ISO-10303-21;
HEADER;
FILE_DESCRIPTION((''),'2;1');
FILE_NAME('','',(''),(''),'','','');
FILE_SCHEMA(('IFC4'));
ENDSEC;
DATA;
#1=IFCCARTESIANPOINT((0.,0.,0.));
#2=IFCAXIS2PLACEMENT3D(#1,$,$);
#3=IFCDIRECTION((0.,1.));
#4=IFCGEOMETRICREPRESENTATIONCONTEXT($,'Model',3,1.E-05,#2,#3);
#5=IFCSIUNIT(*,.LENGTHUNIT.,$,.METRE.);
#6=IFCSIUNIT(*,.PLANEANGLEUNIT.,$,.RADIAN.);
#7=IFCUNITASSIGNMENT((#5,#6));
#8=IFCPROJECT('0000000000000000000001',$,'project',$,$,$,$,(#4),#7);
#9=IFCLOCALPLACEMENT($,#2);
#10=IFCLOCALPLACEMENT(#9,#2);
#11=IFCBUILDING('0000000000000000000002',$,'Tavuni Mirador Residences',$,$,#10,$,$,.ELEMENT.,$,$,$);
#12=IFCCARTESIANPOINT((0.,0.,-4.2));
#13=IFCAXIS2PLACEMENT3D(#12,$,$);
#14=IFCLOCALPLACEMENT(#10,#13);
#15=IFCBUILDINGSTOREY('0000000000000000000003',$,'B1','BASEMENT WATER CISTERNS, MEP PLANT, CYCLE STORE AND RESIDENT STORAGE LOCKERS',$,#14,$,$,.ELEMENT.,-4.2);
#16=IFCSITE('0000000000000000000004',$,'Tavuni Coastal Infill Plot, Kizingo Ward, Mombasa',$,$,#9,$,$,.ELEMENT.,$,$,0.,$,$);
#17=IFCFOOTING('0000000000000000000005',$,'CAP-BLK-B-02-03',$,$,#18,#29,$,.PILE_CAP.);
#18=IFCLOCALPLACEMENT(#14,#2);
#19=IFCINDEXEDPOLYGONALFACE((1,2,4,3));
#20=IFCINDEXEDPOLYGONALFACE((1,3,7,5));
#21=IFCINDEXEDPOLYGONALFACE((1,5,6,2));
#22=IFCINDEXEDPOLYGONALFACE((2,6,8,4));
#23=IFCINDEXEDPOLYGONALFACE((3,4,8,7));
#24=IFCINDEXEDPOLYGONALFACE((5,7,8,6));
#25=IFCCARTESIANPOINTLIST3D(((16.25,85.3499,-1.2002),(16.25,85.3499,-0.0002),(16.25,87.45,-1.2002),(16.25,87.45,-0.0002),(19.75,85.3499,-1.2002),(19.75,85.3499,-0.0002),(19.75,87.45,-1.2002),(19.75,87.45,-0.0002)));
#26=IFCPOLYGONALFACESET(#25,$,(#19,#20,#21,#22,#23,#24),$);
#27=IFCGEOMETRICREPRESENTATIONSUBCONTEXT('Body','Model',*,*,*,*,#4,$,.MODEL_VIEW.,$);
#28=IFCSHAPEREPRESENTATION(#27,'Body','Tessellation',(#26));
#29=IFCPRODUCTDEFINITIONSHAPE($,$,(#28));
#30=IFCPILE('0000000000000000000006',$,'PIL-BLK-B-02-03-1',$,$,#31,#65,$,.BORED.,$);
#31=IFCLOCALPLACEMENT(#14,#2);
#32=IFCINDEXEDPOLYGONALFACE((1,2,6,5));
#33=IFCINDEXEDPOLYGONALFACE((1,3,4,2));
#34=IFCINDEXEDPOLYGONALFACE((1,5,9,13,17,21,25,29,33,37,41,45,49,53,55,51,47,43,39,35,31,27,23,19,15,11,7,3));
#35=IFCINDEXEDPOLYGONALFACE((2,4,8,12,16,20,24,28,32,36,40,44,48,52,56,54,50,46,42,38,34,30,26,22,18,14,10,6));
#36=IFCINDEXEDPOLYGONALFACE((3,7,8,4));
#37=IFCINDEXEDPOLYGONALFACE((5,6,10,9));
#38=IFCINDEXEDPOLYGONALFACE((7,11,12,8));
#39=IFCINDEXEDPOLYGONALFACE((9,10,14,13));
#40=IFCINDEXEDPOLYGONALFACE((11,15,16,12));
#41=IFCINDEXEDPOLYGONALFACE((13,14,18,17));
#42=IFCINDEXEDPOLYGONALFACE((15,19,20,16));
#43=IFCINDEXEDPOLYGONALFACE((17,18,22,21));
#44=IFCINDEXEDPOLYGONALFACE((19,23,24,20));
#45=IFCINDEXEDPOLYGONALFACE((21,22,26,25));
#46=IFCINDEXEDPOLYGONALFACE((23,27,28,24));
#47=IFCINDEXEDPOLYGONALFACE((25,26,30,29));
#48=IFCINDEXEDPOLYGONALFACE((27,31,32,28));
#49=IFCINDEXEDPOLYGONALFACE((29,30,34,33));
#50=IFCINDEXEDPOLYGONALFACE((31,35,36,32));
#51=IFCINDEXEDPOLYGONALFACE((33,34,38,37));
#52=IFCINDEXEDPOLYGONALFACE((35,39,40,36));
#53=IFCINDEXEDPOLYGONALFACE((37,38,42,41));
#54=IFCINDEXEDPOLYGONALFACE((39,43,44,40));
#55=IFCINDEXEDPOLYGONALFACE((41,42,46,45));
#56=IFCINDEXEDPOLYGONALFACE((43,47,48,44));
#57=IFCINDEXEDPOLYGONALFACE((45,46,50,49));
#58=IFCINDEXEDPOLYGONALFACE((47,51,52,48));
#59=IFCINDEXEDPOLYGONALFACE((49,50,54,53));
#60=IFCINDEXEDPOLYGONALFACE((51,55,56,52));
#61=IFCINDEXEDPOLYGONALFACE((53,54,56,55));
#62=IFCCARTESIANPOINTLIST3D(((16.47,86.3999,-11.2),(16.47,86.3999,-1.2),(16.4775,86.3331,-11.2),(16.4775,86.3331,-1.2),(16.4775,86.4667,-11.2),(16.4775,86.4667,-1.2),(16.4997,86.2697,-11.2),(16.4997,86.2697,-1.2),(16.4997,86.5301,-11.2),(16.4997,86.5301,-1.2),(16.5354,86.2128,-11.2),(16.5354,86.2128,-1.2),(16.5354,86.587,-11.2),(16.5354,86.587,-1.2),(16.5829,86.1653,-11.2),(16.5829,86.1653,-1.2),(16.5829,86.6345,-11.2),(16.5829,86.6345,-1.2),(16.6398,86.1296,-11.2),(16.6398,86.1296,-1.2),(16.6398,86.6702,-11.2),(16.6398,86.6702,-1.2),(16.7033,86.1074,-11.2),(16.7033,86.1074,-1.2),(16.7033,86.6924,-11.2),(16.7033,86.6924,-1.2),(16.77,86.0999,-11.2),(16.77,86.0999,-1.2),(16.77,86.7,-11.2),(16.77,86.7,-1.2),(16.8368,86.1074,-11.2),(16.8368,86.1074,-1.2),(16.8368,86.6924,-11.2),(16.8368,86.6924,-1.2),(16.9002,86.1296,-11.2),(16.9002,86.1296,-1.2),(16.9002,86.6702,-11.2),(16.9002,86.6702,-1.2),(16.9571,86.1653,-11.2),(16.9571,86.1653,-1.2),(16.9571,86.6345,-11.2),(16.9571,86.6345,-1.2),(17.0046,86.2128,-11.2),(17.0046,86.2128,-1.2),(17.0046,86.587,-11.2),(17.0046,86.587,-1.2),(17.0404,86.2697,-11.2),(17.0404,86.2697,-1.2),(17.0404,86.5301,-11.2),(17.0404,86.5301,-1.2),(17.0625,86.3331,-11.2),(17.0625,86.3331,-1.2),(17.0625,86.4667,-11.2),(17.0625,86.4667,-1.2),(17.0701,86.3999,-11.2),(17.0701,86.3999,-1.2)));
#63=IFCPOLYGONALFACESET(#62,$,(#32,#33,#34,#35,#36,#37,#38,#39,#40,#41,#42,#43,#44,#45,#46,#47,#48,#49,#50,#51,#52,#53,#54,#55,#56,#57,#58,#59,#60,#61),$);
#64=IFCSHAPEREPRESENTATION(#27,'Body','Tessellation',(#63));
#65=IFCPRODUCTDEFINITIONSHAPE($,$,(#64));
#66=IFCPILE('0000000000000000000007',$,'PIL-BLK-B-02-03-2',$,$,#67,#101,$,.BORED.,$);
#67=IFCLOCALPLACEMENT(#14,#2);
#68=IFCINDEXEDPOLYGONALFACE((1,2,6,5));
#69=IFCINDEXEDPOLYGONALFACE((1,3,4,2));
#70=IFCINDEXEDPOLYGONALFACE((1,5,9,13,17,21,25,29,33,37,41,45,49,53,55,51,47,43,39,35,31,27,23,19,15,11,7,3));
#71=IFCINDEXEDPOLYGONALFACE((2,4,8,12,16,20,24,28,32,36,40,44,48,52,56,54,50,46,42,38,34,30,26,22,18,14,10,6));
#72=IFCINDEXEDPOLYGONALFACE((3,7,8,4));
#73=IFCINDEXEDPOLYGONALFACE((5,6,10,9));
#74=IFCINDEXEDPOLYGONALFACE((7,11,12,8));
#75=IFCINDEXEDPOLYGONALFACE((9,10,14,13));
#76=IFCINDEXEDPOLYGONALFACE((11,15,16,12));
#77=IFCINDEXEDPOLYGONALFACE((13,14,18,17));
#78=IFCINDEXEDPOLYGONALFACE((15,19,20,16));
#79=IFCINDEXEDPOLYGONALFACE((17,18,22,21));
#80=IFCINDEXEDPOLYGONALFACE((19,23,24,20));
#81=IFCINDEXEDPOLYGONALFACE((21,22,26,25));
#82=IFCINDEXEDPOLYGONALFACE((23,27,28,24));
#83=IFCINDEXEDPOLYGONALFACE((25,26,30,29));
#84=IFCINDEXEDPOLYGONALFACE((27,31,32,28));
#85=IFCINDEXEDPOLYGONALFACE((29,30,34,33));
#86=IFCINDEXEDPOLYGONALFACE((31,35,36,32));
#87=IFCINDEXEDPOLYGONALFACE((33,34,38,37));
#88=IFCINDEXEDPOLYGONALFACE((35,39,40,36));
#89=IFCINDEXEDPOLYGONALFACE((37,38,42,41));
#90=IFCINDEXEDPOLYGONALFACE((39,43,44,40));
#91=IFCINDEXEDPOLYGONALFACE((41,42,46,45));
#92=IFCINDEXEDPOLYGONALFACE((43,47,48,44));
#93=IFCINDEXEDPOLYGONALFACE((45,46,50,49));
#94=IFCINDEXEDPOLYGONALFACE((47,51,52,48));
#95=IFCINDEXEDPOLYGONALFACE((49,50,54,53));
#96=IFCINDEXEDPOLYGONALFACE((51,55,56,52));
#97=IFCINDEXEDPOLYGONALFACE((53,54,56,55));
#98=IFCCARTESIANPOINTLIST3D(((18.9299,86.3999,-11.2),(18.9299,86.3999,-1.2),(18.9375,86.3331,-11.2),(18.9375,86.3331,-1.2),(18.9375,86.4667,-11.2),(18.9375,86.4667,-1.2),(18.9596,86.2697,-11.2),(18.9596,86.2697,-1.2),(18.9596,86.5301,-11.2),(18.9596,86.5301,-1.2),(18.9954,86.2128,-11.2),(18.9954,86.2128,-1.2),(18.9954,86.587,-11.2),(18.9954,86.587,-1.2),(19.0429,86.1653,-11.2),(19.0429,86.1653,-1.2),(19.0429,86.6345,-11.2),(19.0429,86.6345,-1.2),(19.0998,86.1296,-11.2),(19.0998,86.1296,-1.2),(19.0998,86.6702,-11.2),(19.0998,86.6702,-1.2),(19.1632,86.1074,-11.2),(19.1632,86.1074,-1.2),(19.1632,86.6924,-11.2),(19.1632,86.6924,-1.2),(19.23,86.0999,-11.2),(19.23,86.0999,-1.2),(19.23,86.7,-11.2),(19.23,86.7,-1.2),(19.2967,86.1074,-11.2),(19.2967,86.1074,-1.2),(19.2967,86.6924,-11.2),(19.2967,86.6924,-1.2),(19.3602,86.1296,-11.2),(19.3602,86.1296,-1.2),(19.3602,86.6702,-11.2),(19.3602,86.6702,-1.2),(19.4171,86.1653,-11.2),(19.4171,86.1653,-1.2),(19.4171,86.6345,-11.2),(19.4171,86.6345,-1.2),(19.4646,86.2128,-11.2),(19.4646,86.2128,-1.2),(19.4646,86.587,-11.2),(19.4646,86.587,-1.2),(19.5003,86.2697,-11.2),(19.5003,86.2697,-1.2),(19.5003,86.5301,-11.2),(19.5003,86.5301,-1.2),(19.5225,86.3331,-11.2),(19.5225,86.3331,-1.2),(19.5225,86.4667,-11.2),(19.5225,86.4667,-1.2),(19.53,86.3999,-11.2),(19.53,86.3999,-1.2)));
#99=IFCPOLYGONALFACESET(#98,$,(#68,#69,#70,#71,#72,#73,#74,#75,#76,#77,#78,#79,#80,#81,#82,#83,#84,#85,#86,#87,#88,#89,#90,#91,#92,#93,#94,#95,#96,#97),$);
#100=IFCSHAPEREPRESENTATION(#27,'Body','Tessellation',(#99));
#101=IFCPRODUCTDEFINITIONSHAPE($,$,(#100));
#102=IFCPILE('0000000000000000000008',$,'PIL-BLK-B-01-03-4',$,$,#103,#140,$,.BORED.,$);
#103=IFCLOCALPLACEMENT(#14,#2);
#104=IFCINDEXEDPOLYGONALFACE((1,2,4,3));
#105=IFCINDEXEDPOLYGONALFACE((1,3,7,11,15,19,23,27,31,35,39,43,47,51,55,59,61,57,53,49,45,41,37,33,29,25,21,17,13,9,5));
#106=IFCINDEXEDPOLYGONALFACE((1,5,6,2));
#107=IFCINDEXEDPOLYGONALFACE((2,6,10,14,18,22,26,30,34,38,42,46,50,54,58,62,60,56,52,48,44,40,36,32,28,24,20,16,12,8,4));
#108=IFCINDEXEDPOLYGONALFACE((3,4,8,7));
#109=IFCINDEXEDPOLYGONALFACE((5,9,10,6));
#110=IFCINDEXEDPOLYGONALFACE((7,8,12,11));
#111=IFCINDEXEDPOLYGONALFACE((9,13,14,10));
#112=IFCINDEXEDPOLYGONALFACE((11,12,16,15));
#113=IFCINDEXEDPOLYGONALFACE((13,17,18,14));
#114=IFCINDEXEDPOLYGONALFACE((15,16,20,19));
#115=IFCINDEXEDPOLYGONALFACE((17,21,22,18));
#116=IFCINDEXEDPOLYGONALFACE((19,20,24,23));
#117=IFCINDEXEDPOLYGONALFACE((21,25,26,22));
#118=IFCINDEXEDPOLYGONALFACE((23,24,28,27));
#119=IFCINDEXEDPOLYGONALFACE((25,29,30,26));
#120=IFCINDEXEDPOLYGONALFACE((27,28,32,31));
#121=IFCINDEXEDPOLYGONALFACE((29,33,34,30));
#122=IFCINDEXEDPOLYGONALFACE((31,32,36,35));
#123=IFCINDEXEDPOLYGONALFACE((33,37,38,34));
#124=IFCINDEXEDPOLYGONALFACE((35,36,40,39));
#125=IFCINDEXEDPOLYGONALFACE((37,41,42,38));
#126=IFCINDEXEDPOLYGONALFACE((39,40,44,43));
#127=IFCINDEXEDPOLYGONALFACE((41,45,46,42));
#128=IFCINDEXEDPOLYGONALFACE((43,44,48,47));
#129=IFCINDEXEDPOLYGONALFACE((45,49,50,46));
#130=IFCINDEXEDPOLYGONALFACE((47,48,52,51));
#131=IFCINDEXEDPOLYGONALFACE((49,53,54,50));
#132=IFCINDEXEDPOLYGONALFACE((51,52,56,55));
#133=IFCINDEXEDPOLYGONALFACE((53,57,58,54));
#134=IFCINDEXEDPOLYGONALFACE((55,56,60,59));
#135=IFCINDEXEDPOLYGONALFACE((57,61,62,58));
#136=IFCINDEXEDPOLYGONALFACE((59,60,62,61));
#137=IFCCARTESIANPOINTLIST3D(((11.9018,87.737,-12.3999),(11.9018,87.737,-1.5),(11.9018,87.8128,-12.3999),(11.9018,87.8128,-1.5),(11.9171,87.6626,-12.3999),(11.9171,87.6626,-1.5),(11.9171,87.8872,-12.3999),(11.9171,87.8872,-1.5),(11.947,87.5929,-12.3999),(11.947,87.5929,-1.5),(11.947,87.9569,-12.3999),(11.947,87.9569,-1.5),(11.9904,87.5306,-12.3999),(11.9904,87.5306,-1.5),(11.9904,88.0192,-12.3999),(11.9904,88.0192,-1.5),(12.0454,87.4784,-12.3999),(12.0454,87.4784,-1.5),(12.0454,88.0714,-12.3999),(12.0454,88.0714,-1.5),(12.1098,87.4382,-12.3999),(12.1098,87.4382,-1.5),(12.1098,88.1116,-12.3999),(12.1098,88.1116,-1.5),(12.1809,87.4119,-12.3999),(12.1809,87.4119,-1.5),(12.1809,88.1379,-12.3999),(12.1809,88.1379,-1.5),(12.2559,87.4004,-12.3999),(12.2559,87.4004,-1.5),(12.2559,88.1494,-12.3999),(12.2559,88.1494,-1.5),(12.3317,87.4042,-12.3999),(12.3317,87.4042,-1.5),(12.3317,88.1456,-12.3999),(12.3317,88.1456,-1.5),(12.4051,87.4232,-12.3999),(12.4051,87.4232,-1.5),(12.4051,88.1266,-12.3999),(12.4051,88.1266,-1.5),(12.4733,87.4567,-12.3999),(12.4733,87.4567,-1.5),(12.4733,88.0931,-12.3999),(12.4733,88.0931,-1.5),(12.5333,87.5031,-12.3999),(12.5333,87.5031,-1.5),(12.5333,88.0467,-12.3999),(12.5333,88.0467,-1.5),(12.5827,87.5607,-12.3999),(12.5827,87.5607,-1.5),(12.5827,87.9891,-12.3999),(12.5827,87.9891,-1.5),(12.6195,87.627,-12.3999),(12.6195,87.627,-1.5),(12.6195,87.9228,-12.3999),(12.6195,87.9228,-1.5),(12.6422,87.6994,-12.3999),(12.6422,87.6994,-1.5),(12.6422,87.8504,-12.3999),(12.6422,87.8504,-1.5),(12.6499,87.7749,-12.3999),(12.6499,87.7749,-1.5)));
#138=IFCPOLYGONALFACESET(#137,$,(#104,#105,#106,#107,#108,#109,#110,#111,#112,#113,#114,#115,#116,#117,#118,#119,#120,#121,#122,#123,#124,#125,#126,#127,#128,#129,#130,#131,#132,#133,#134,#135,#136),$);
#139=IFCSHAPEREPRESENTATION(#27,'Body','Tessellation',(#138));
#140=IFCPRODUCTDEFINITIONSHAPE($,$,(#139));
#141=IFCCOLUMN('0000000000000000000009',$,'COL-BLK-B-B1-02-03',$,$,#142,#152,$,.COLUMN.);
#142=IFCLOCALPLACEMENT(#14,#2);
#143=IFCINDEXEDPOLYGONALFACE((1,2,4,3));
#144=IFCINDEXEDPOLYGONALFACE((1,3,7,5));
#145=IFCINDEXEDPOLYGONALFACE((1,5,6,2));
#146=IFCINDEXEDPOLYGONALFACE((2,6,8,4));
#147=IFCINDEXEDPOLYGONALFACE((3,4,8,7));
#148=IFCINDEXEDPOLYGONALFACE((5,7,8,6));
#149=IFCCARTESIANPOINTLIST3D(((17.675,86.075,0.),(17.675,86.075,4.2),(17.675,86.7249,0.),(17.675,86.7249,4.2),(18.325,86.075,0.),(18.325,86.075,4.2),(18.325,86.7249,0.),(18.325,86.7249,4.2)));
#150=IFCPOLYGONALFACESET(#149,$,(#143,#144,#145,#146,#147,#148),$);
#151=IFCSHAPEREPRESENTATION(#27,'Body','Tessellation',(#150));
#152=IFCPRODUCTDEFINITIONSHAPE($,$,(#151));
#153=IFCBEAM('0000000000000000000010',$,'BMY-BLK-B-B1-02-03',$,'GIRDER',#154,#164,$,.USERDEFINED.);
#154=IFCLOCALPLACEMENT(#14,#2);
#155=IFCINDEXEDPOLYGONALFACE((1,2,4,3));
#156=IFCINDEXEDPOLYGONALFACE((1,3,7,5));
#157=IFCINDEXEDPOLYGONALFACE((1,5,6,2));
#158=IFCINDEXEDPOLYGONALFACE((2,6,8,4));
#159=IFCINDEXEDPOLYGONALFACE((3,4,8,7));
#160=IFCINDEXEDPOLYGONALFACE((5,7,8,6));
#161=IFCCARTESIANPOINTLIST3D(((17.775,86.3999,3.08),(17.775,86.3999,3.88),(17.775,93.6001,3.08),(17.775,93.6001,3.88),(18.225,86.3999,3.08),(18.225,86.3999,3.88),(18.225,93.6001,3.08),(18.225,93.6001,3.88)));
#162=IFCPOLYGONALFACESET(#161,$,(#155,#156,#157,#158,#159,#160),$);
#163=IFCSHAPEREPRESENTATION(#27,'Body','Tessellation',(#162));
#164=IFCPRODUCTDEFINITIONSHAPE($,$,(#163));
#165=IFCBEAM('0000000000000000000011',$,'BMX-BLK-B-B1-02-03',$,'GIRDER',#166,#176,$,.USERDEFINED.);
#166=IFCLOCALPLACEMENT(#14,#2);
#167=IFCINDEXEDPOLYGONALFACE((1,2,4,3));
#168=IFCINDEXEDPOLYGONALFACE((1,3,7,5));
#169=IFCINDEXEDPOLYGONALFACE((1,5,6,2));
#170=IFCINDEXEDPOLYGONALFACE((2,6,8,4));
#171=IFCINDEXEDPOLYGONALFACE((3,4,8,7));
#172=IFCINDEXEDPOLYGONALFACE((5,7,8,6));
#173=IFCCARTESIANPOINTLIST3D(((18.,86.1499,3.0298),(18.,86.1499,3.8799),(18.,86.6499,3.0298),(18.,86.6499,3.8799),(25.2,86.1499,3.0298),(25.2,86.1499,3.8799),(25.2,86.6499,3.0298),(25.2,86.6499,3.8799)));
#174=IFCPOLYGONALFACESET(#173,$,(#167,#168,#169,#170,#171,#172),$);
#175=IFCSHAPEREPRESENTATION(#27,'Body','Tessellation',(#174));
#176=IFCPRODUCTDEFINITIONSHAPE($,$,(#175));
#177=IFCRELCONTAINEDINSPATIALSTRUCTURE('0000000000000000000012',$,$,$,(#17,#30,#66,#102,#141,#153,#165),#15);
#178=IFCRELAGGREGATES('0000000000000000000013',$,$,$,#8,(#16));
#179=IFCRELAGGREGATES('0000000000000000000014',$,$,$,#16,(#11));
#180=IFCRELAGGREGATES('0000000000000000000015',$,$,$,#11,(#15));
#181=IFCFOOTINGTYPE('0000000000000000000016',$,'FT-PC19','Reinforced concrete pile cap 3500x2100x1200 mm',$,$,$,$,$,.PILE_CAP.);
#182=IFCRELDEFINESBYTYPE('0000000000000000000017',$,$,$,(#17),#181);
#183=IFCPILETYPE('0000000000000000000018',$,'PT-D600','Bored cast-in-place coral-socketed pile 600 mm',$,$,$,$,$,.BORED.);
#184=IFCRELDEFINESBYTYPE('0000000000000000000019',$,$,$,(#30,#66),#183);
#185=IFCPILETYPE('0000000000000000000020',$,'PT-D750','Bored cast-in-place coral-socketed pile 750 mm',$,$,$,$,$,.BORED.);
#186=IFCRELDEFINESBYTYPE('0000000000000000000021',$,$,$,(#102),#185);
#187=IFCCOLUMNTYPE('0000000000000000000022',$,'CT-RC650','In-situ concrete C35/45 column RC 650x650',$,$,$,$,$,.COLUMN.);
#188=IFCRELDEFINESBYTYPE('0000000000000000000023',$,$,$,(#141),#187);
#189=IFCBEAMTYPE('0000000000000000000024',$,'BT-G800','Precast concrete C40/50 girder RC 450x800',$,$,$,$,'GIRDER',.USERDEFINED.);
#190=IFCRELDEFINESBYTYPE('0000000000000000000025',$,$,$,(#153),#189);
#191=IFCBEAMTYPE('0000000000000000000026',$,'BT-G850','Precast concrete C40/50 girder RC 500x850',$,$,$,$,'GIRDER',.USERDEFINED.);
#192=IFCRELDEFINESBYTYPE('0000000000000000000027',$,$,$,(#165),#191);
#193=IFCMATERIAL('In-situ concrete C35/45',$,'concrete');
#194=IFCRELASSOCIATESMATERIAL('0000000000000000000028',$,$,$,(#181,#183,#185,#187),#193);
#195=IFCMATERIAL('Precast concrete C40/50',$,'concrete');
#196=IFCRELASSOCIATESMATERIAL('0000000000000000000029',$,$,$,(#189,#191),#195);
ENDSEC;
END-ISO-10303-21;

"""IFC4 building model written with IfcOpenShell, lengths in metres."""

from ifc_helpers import new_model, si_unit, direction, frame, origin, origin_2d, place, context, subcontext, project, spatial, rectangle, circle, extrude, material, material_profile, profile_set, type_object, element, save


model = new_model("IFC4")

# Units and contexts
model_context = context("Model", 3, precision=1e-05, world=origin(), true_north=direction((0.0, 1.0)))
body_context = subcontext(model_context, "Body", "Model", "MODEL_VIEW")
ifc_project = project(units=[si_unit("LENGTHUNIT", "METRE"), si_unit("PLANEANGLEUNIT", "RADIAN")], contexts=[model_context])

# Site, building, storey
site_placement = place(None, origin())
site = spatial("IfcSite", under=ifc_project, at=site_placement, Name="Tavuni Coastal Infill Plot, Kizingo Ward, Mombasa", CompositionType="ELEMENT", RefElevation=0.0)
building_placement = place(site_placement, origin())
building = spatial("IfcBuilding", under=site, at=building_placement, Name="Tavuni Mirador Residences", CompositionType="ELEMENT")
storey_placement = place(building_placement, frame((0.0, 0.0, -4.2)))
storey = spatial("IfcBuildingStorey", under=building, at=storey_placement, Name="B1", Description="BASEMENT WATER CISTERNS, MEP PLANT, CYCLE STORE AND RESIDENT STORAGE LOCKERS", CompositionType="ELEMENT", Elevation=-4.2)

# Footing
ifc_material_1 = material(Name="In-situ concrete C35/45", Category="concrete")
footing_type = type_object("IfcFootingType", Name="FT-PC19", Description="Reinforced concrete pile cap 3500x2100x1200 mm", PredefinedType="PILE_CAP", material=ifc_material_1)
footing_placement = place(storey_placement, frame((18.0, 86.3999, -1.2002), z_axis=(0.0, 0.0, 1.0), x_axis=(1.0, 0.0, 0.0)))
element("IfcFooting", 1, at=footing_placement, inside=storey, type_object=footing_type, Name="CAP-BLK-B-02-03", PredefinedType="PILE_CAP", context=body_context, shape_type="SweptSolid", body=[
    extrude(rectangle(XDim=3.5, YDim=2.1001, at=origin_2d()), origin(), (0.0, 0.0, 1.0), 1.2),
])

# Piles
ifc_material_profile_1 = material_profile(ifc_material_1, circle(Radius=0.3, at=origin_2d()), Name="PILE D600", Category="concrete")
ifc_profile_set_1 = profile_set([ifc_material_profile_1], Name="In-situ concrete C35/45")
pile_type_1 = type_object("IfcPileType", Name="PT-D600", Description="Bored cast-in-place coral-socketed pile 600 mm", PredefinedType="BORED", material=ifc_profile_set_1)
for number, where, z_axis, x_axis, name in (
    (2, (16.77, 86.3999, -1.2), (0.0, 0.0, -1.0), (1.0, 0.0, 0.0), "PIL-BLK-B-02-03-1"),
    (3, (19.23, 86.3999, -1.2), (0.0, 0.0, -1.0), (1.0, 0.0, 0.0), "PIL-BLK-B-02-03-2"),
):
    element("IfcPile", number, at=place(storey_placement, frame(where, z_axis=z_axis, x_axis=x_axis)), inside=storey, type_object=pile_type_1, Name=name, PredefinedType="BORED", context=body_context, shape_type="SweptSolid", body=[
        extrude(circle(Radius=0.3, at=origin_2d()), origin(), (0.0, 0.0, 1.0), 10.0),
    ])
ifc_material_profile_2 = material_profile(ifc_material_1, circle(Radius=0.375, at=origin_2d()), Name="PILE D750", Category="concrete")
ifc_profile_set_2 = profile_set([ifc_material_profile_2], Name="In-situ concrete C35/45")
pile_type_2 = type_object("IfcPileType", Name="PT-D750", Description="Bored cast-in-place coral-socketed pile 750 mm", PredefinedType="BORED", material=ifc_profile_set_2)
pile_placement = place(storey_placement, frame((12.2749, 87.7749, -1.5), z_axis=(0.0, 0.0, -1.0), x_axis=(1.0, 0.0, 0.0)))
element("IfcPile", 4, at=pile_placement, inside=storey, type_object=pile_type_2, Name="PIL-BLK-B-01-03-4", PredefinedType="BORED", context=body_context, shape_type="SweptSolid", body=[
    extrude(circle(Radius=0.375, at=origin_2d()), origin(), (0.0, 0.0, 1.0), 10.8999),
])

# Column
ifc_material_profile_3 = material_profile(ifc_material_1, rectangle(XDim=0.6499, YDim=0.6499, at=origin_2d()), Name="RC 650x650", Category="concrete")
ifc_profile_set_3 = profile_set([ifc_material_profile_3], Name="In-situ concrete C35/45")
column_type = type_object("IfcColumnType", Name="CT-RC650", Description="In-situ concrete C35/45 column RC 650x650", PredefinedType="COLUMN", material=ifc_profile_set_3)
column_placement = place(storey_placement, frame((18.0, 86.3999, 0.0), z_axis=(0.0, 0.0, 1.0), x_axis=(1.0, 0.0, 0.0)))
element("IfcColumn", 5, at=column_placement, inside=storey, type_object=column_type, Name="COL-BLK-B-B1-02-03", PredefinedType="COLUMN", context=body_context, shape_type="SweptSolid", body=[
    extrude(rectangle(XDim=0.6499, YDim=0.6499, at=origin_2d()), origin(), (0.0, 0.0, 1.0), 4.2),
])

# Beams
ifc_material_2 = material(Name="Precast concrete C40/50", Category="concrete")
ifc_material_profile_4 = material_profile(ifc_material_2, rectangle(XDim=0.45, YDim=0.8, at=origin_2d()), Name="RC 450x800", Category="concrete")
ifc_profile_set_4 = profile_set([ifc_material_profile_4], Name="Precast concrete C40/50")
beam_type_1 = type_object("IfcBeamType", Name="BT-G800", Description="Precast concrete C40/50 girder RC 450x800", ElementType="GIRDER", PredefinedType="USERDEFINED", material=ifc_profile_set_4)
beam_1_placement = place(storey_placement, frame((18.0, 86.3999, 3.48), z_axis=(0.0, 1.0, 0.0), x_axis=(-1.0, 0.0, 0.0)))
element("IfcBeam", 6, at=beam_1_placement, inside=storey, type_object=beam_type_1, Name="BMY-BLK-B-B1-02-03", ObjectType="GIRDER", PredefinedType="USERDEFINED", context=body_context, shape_type="SweptSolid", body=[
    extrude(rectangle(XDim=0.45, YDim=0.8, at=origin_2d()), origin(), (0.0, 0.0, 1.0), 7.2002),
])
ifc_material_profile_5 = material_profile(ifc_material_2, rectangle(XDim=0.5, YDim=0.8501, at=origin_2d()), Name="RC 500x850", Category="concrete")
ifc_profile_set_5 = profile_set([ifc_material_profile_5], Name="Precast concrete C40/50")
beam_type_2 = type_object("IfcBeamType", Name="BT-G850", Description="Precast concrete C40/50 girder RC 500x850", ElementType="GIRDER", PredefinedType="USERDEFINED", material=ifc_profile_set_5)
beam_2_placement = place(storey_placement, frame((18.0, 86.3999, 3.4548), z_axis=(1.0, 0.0, 0.0), x_axis=(0.0, 1.0, 0.0)))
element("IfcBeam", 7, at=beam_2_placement, inside=storey, type_object=beam_type_2, Name="BMX-BLK-B-B1-02-03", ObjectType="GIRDER", PredefinedType="USERDEFINED", context=body_context, shape_type="SweptSolid", body=[
    extrude(rectangle(XDim=0.5, YDim=0.8501, at=origin_2d()), origin(), (0.0, 0.0, 1.0), 7.2),
])

save(model, "model.ifc")
